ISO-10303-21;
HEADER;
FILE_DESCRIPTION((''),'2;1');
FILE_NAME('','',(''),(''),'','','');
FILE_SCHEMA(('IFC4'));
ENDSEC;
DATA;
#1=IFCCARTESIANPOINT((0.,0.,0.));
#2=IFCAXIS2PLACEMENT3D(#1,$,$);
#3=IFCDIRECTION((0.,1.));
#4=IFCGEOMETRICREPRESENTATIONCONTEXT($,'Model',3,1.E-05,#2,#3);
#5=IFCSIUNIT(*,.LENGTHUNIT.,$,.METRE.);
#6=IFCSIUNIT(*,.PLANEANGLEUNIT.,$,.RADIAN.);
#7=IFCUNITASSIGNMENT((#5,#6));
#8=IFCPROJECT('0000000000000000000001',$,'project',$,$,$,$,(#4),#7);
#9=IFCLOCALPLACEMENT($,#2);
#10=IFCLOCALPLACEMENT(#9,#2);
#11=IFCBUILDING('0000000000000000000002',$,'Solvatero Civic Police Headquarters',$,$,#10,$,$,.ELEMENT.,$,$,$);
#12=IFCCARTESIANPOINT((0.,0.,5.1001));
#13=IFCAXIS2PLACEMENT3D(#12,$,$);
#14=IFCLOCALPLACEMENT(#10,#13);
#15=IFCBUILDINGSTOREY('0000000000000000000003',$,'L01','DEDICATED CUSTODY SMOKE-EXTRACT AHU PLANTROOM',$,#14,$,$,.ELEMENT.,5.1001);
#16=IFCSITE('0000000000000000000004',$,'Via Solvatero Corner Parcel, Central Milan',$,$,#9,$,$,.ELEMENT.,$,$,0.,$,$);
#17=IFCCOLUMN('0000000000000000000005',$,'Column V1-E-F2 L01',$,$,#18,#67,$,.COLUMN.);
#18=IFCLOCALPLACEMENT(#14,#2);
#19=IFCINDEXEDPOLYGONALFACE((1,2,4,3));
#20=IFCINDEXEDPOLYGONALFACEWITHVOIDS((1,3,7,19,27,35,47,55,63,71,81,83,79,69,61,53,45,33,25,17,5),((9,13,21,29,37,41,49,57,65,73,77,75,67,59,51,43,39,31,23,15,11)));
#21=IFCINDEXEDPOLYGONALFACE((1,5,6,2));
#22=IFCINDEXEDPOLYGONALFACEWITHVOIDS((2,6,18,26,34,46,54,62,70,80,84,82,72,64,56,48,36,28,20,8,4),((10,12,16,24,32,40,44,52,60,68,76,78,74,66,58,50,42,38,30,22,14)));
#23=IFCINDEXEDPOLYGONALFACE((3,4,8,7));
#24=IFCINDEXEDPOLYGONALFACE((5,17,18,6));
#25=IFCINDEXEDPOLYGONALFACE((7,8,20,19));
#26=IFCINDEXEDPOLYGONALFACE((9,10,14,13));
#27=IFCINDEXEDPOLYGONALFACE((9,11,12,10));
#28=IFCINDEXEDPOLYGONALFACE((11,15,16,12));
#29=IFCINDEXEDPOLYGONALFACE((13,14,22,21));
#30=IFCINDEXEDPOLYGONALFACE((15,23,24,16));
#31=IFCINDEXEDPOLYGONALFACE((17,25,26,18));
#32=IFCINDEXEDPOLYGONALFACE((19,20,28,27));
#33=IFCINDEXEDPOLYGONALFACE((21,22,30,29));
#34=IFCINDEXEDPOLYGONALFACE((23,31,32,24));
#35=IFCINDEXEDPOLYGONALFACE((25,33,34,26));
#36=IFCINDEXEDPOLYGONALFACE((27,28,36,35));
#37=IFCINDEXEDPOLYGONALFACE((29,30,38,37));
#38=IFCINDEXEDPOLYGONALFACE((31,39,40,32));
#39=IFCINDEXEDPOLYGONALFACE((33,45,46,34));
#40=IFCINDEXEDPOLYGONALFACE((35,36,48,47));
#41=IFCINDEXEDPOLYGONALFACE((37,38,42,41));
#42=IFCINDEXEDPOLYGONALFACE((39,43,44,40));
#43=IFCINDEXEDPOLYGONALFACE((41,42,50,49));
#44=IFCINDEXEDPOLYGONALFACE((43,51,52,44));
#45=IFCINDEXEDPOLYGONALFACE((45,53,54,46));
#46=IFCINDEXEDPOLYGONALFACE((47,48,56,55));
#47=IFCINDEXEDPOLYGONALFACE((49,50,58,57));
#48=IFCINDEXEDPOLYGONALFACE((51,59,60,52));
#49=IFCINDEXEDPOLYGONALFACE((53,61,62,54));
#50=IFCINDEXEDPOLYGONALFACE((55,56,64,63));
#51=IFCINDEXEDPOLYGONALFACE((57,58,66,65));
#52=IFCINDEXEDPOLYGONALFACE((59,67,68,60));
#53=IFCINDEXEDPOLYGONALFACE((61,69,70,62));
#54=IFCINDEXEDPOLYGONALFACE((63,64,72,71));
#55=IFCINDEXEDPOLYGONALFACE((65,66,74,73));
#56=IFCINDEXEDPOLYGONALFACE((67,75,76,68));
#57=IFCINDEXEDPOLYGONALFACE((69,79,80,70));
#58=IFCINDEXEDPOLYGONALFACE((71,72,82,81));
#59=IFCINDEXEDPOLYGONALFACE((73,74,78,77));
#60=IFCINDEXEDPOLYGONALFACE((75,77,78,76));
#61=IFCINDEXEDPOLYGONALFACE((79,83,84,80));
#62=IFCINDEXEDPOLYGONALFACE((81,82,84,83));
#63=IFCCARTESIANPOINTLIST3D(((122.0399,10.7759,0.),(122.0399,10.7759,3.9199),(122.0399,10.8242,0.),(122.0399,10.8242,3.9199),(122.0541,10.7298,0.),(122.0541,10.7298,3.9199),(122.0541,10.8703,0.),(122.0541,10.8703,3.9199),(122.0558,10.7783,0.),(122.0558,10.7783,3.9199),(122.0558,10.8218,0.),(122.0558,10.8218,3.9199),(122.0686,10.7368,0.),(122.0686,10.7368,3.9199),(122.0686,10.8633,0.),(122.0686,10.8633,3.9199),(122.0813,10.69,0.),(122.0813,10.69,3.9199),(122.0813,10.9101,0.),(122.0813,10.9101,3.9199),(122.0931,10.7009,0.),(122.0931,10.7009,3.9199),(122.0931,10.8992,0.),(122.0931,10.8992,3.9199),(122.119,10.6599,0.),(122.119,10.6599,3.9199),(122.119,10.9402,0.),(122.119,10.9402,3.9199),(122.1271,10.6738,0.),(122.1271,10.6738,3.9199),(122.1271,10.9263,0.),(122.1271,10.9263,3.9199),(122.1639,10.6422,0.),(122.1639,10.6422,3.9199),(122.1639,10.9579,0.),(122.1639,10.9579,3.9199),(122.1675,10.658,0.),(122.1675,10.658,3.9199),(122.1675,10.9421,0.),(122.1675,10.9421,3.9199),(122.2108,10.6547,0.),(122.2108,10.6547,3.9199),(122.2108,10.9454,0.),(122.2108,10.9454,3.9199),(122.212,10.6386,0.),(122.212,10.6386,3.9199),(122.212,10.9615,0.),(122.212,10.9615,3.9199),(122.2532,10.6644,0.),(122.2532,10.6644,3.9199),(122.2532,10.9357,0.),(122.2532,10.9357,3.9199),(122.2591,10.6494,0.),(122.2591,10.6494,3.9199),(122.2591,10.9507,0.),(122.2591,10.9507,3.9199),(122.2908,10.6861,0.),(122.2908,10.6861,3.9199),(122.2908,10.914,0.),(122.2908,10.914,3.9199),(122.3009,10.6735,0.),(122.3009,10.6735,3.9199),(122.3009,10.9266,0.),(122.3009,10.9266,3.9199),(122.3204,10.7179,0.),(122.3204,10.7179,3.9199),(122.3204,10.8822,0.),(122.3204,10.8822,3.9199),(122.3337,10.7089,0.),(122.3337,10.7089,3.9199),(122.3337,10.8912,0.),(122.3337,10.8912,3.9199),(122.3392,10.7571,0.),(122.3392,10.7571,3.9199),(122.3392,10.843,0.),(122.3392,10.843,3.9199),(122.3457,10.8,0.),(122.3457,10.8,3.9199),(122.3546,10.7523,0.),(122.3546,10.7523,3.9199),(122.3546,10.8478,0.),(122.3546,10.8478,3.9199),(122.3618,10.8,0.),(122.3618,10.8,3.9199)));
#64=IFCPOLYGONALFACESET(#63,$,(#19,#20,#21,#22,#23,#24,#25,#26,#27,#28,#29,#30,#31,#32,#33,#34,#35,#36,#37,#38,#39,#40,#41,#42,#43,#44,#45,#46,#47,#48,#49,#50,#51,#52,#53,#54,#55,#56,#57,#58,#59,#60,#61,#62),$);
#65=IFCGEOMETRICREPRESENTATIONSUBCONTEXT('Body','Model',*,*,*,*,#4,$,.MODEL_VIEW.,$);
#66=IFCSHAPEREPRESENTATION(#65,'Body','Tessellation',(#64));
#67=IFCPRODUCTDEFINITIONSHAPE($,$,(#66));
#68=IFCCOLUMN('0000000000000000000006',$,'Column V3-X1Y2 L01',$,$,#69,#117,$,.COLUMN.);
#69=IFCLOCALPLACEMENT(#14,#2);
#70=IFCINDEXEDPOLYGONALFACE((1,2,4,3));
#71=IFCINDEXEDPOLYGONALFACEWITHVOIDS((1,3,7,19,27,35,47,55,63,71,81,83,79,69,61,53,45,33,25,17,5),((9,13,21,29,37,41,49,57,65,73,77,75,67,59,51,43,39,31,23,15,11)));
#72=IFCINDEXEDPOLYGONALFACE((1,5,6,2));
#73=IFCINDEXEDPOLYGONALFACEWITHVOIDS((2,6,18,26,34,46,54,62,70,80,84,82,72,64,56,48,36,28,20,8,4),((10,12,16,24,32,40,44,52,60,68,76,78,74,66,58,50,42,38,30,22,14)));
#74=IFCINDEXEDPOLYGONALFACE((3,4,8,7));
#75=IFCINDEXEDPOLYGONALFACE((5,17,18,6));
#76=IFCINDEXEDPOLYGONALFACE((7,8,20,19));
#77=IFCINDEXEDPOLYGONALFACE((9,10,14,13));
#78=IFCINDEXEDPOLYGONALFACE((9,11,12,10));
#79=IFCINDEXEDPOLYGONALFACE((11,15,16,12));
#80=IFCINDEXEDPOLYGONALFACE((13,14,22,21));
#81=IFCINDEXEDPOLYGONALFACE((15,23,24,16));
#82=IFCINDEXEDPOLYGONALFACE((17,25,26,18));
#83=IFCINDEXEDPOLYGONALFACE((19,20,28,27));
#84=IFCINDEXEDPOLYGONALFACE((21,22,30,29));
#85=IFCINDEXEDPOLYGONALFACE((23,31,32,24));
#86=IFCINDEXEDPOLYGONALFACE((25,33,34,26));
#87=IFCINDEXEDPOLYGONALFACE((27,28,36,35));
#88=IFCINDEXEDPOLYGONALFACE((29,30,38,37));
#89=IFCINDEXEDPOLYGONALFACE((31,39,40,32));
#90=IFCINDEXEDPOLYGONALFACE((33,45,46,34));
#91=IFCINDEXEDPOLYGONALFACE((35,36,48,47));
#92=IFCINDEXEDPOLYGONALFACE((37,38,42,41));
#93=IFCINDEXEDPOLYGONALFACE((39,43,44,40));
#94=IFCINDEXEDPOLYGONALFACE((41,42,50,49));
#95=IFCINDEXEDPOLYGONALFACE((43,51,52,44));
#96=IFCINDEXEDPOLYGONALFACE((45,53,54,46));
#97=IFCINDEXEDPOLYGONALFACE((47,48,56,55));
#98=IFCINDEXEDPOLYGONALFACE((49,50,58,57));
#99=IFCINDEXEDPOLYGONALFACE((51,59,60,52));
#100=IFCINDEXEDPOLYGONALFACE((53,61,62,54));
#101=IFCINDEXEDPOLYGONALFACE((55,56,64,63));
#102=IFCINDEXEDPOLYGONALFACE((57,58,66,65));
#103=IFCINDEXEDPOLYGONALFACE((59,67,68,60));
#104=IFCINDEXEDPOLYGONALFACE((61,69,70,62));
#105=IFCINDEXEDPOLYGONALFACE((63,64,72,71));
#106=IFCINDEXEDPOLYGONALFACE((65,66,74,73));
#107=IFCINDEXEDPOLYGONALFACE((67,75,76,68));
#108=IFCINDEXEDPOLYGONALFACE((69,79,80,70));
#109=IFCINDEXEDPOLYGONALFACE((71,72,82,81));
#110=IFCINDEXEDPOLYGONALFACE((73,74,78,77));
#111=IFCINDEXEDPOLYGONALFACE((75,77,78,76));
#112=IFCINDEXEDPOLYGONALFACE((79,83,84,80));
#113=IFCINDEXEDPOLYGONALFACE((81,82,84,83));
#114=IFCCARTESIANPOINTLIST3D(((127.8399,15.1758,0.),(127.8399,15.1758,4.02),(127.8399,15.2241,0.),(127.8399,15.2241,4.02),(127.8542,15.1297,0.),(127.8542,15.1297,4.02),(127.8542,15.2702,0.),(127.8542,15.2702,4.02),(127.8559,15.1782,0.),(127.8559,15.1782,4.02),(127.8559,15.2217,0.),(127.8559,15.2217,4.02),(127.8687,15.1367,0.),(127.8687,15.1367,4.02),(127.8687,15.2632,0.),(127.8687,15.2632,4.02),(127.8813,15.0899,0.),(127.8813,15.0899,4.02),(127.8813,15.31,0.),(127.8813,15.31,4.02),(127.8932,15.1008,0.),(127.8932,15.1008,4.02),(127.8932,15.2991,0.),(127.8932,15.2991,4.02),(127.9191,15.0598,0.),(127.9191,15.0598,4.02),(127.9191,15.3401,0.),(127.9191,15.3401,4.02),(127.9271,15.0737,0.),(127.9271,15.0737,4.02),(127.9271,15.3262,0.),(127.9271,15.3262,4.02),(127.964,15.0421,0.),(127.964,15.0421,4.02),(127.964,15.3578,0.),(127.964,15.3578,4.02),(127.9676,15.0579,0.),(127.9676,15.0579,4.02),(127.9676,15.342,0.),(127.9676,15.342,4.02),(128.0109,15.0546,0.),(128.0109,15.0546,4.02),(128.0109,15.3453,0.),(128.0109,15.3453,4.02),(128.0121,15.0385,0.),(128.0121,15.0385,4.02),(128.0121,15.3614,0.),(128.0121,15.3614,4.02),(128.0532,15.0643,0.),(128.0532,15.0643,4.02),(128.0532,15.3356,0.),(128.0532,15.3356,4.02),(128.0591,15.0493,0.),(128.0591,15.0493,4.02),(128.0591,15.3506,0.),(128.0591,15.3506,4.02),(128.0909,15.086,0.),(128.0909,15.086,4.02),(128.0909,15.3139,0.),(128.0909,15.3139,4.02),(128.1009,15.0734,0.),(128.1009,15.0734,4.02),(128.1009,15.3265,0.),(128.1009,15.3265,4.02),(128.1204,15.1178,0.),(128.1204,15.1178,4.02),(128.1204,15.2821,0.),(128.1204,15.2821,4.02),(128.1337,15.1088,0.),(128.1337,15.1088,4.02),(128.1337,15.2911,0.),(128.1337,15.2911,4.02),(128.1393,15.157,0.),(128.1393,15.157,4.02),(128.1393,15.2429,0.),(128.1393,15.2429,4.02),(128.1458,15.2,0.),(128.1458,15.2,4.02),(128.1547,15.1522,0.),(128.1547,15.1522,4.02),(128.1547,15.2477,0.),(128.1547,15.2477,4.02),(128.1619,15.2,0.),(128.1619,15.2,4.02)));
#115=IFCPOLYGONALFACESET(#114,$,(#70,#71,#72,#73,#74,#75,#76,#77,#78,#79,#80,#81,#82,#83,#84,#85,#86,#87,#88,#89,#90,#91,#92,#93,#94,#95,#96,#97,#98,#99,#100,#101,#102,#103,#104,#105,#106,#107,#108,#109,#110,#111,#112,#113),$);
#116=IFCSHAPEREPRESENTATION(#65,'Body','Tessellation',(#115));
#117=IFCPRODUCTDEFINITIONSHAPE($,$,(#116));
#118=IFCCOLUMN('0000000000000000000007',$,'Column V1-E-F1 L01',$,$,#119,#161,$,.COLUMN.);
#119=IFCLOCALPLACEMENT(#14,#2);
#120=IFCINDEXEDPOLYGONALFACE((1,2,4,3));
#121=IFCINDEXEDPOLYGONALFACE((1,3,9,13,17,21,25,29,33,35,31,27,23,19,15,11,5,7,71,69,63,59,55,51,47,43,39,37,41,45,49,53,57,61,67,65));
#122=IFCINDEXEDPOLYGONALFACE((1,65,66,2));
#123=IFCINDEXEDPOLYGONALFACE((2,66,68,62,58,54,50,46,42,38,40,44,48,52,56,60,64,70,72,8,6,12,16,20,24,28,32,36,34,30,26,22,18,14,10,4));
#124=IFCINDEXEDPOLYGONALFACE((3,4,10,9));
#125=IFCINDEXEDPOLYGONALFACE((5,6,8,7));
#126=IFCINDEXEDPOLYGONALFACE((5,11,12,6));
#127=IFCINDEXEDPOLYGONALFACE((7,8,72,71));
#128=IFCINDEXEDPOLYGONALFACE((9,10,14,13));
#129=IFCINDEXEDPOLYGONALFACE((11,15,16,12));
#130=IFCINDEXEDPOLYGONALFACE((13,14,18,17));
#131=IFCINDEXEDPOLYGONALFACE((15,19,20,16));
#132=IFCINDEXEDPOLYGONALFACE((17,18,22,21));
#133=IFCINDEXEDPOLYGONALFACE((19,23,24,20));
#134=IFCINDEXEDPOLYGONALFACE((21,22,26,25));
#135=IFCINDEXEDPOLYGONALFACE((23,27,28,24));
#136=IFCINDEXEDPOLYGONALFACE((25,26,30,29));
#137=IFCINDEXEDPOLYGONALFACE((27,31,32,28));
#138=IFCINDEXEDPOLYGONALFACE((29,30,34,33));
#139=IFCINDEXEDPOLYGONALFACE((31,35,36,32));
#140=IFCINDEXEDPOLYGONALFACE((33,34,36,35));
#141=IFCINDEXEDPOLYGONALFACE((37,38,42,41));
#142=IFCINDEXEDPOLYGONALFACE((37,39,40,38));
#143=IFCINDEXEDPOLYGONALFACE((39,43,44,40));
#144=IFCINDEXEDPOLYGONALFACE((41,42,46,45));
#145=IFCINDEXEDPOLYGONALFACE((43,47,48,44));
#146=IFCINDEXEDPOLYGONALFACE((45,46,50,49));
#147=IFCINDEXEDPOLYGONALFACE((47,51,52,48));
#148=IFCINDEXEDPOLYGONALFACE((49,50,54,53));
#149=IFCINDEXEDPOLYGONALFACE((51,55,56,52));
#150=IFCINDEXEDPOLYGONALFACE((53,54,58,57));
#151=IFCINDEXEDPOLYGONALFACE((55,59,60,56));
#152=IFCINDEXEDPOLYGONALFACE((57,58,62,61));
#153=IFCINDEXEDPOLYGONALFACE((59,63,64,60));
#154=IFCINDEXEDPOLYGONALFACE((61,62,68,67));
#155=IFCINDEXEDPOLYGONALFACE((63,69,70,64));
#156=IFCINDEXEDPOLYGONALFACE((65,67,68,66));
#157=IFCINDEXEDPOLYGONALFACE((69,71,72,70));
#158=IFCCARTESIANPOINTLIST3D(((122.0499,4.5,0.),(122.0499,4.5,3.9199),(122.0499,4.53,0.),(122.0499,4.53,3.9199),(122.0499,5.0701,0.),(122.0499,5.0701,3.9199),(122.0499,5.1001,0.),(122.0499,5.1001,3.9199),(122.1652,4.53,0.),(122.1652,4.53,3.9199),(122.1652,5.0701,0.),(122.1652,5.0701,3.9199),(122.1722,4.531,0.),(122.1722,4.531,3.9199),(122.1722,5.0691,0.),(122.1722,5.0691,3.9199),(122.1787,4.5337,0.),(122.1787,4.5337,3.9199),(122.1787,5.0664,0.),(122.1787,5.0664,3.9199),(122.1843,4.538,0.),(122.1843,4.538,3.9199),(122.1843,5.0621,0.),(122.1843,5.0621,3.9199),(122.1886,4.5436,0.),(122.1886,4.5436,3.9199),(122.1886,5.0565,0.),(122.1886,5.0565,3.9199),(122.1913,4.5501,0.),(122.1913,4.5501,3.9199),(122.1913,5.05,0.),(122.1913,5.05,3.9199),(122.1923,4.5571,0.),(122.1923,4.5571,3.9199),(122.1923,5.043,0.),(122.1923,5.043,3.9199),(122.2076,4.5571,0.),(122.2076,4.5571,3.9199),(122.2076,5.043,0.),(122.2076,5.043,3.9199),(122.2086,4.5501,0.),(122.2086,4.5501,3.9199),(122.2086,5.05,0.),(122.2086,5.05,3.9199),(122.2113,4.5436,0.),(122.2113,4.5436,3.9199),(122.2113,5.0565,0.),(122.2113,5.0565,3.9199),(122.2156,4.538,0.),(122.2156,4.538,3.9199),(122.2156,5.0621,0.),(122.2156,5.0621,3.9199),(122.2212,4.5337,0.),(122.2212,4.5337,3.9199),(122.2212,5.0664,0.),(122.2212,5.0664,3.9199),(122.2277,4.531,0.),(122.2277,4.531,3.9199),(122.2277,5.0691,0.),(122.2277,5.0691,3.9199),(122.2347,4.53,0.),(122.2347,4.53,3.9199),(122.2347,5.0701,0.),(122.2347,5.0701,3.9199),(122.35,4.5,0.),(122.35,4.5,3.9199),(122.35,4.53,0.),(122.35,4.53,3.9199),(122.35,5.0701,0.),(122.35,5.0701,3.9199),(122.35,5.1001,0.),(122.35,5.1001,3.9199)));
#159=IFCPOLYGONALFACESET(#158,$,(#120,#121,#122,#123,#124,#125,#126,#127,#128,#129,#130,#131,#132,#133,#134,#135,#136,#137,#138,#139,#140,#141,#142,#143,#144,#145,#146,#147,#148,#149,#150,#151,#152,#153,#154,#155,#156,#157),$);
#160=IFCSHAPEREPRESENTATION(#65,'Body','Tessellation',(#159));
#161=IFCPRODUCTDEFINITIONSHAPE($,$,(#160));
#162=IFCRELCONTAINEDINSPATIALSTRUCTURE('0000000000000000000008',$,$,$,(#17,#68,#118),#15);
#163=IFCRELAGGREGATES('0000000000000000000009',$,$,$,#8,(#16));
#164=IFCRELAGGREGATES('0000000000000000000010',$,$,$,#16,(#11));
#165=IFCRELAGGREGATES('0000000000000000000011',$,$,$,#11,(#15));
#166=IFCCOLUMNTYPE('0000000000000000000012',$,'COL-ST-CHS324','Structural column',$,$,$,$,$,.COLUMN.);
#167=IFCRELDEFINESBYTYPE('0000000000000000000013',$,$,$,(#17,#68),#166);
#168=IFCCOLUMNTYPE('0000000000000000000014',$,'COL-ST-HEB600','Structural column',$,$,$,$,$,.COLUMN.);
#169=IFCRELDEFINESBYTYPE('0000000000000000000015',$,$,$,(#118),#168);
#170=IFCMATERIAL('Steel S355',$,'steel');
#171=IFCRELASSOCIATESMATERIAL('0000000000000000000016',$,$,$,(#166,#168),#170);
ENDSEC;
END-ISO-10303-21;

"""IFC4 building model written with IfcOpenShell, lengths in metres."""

from ifc_helpers import new_model, si_unit, direction, frame, origin, origin_2d, place, context, subcontext, project, spatial, hollow_circle, i_section, extrude, material, material_profile, profile_set, type_object, element, save


model = new_model("IFC4")

# Units and contexts
model_context = context("Model", 3, precision=1e-05, world=origin(), true_north=direction((0.0, 1.0)))
body_context = subcontext(model_context, "Body", "Model", "MODEL_VIEW")
ifc_project = project(units=[si_unit("LENGTHUNIT", "METRE"), si_unit("PLANEANGLEUNIT", "RADIAN")], contexts=[model_context])

# Site, building, storey
site_placement = place(None, origin())
site = spatial("IfcSite", under=ifc_project, at=site_placement, Name="Via Solvatero Corner Parcel, Central Milan", CompositionType="ELEMENT", RefElevation=0.0)
building_placement = place(site_placement, origin())
building = spatial("IfcBuilding", under=site, at=building_placement, Name="Solvatero Civic Police Headquarters", CompositionType="ELEMENT")
storey_placement = place(building_placement, frame((0.0, 0.0, 5.1001)))
storey = spatial("IfcBuildingStorey", under=building, at=storey_placement, Name="L01", Description="DEDICATED CUSTODY SMOKE-EXTRACT AHU PLANTROOM", CompositionType="ELEMENT", Elevation=5.1001)

# Columns
ifc_material_1 = material(Name="Steel S355", Category="steel")
ifc_material_profile_1 = material_profile(ifc_material_1, hollow_circle(Radius=0.1619, WallThickness=0.0161, at=origin_2d()), Name="CHS 323.9x16.0")
ifc_profile_set_1 = profile_set([ifc_material_profile_1], Name="Steel S355")
column_type_1 = type_object("IfcColumnType", Name="COL-ST-CHS324", Description="Structural column", PredefinedType="COLUMN", material=ifc_profile_set_1)
column_1_placement = place(storey_placement, frame((122.2, 10.8, 0.0), z_axis=(0.0, 0.0, 1.0), x_axis=(1.0, 0.0, 0.0)))
element("IfcColumn", 1, at=column_1_placement, inside=storey, type_object=column_type_1, Name="Column V1-E-F2 L01", PredefinedType="COLUMN", context=body_context, shape_type="SweptSolid", body=[
    extrude(hollow_circle(Radius=0.1619, WallThickness=0.0161, at=origin_2d()), origin(), (0.0, 0.0, 1.0), 3.9199),
])
column_2_placement = place(storey_placement, frame((128.0, 15.2, 0.0), z_axis=(0.0, 0.0, 1.0), x_axis=(1.0, 0.0, 0.0)))
element("IfcColumn", 2, at=column_2_placement, inside=storey, type_object=column_type_1, Name="Column V3-X1Y2 L01", PredefinedType="COLUMN", context=body_context, shape_type="SweptSolid", body=[
    extrude(hollow_circle(Radius=0.1619, WallThickness=0.0161, at=origin_2d()), origin(), (0.0, 0.0, 1.0), 4.02),
])
ifc_material_profile_2 = material_profile(ifc_material_1, i_section(OverallWidth=0.3, OverallDepth=0.6001, WebThickness=0.0154, FlangeThickness=0.03, FilletRadius=0.0271, at=origin_2d()), Name="HEB 600")
ifc_profile_set_2 = profile_set([ifc_material_profile_2], Name="Steel S355")
column_type_2 = type_object("IfcColumnType", Name="COL-ST-HEB600", Description="Structural column", PredefinedType="COLUMN", material=ifc_profile_set_2)
column_3_placement = place(storey_placement, frame((122.2, 4.8, 0.0), z_axis=(0.0, 0.0, 1.0), x_axis=(1.0, 0.0, 0.0)))
element("IfcColumn", 3, at=column_3_placement, inside=storey, type_object=column_type_2, Name="Column V1-E-F1 L01", PredefinedType="COLUMN", context=body_context, shape_type="SweptSolid", body=[
    extrude(i_section(OverallWidth=0.3, OverallDepth=0.6001, WebThickness=0.0154, FlangeThickness=0.03, FilletRadius=0.0271, at=origin_2d()), origin(), (0.0, 0.0, 1.0), 3.9199),
])

save(model, "model.ifc")
